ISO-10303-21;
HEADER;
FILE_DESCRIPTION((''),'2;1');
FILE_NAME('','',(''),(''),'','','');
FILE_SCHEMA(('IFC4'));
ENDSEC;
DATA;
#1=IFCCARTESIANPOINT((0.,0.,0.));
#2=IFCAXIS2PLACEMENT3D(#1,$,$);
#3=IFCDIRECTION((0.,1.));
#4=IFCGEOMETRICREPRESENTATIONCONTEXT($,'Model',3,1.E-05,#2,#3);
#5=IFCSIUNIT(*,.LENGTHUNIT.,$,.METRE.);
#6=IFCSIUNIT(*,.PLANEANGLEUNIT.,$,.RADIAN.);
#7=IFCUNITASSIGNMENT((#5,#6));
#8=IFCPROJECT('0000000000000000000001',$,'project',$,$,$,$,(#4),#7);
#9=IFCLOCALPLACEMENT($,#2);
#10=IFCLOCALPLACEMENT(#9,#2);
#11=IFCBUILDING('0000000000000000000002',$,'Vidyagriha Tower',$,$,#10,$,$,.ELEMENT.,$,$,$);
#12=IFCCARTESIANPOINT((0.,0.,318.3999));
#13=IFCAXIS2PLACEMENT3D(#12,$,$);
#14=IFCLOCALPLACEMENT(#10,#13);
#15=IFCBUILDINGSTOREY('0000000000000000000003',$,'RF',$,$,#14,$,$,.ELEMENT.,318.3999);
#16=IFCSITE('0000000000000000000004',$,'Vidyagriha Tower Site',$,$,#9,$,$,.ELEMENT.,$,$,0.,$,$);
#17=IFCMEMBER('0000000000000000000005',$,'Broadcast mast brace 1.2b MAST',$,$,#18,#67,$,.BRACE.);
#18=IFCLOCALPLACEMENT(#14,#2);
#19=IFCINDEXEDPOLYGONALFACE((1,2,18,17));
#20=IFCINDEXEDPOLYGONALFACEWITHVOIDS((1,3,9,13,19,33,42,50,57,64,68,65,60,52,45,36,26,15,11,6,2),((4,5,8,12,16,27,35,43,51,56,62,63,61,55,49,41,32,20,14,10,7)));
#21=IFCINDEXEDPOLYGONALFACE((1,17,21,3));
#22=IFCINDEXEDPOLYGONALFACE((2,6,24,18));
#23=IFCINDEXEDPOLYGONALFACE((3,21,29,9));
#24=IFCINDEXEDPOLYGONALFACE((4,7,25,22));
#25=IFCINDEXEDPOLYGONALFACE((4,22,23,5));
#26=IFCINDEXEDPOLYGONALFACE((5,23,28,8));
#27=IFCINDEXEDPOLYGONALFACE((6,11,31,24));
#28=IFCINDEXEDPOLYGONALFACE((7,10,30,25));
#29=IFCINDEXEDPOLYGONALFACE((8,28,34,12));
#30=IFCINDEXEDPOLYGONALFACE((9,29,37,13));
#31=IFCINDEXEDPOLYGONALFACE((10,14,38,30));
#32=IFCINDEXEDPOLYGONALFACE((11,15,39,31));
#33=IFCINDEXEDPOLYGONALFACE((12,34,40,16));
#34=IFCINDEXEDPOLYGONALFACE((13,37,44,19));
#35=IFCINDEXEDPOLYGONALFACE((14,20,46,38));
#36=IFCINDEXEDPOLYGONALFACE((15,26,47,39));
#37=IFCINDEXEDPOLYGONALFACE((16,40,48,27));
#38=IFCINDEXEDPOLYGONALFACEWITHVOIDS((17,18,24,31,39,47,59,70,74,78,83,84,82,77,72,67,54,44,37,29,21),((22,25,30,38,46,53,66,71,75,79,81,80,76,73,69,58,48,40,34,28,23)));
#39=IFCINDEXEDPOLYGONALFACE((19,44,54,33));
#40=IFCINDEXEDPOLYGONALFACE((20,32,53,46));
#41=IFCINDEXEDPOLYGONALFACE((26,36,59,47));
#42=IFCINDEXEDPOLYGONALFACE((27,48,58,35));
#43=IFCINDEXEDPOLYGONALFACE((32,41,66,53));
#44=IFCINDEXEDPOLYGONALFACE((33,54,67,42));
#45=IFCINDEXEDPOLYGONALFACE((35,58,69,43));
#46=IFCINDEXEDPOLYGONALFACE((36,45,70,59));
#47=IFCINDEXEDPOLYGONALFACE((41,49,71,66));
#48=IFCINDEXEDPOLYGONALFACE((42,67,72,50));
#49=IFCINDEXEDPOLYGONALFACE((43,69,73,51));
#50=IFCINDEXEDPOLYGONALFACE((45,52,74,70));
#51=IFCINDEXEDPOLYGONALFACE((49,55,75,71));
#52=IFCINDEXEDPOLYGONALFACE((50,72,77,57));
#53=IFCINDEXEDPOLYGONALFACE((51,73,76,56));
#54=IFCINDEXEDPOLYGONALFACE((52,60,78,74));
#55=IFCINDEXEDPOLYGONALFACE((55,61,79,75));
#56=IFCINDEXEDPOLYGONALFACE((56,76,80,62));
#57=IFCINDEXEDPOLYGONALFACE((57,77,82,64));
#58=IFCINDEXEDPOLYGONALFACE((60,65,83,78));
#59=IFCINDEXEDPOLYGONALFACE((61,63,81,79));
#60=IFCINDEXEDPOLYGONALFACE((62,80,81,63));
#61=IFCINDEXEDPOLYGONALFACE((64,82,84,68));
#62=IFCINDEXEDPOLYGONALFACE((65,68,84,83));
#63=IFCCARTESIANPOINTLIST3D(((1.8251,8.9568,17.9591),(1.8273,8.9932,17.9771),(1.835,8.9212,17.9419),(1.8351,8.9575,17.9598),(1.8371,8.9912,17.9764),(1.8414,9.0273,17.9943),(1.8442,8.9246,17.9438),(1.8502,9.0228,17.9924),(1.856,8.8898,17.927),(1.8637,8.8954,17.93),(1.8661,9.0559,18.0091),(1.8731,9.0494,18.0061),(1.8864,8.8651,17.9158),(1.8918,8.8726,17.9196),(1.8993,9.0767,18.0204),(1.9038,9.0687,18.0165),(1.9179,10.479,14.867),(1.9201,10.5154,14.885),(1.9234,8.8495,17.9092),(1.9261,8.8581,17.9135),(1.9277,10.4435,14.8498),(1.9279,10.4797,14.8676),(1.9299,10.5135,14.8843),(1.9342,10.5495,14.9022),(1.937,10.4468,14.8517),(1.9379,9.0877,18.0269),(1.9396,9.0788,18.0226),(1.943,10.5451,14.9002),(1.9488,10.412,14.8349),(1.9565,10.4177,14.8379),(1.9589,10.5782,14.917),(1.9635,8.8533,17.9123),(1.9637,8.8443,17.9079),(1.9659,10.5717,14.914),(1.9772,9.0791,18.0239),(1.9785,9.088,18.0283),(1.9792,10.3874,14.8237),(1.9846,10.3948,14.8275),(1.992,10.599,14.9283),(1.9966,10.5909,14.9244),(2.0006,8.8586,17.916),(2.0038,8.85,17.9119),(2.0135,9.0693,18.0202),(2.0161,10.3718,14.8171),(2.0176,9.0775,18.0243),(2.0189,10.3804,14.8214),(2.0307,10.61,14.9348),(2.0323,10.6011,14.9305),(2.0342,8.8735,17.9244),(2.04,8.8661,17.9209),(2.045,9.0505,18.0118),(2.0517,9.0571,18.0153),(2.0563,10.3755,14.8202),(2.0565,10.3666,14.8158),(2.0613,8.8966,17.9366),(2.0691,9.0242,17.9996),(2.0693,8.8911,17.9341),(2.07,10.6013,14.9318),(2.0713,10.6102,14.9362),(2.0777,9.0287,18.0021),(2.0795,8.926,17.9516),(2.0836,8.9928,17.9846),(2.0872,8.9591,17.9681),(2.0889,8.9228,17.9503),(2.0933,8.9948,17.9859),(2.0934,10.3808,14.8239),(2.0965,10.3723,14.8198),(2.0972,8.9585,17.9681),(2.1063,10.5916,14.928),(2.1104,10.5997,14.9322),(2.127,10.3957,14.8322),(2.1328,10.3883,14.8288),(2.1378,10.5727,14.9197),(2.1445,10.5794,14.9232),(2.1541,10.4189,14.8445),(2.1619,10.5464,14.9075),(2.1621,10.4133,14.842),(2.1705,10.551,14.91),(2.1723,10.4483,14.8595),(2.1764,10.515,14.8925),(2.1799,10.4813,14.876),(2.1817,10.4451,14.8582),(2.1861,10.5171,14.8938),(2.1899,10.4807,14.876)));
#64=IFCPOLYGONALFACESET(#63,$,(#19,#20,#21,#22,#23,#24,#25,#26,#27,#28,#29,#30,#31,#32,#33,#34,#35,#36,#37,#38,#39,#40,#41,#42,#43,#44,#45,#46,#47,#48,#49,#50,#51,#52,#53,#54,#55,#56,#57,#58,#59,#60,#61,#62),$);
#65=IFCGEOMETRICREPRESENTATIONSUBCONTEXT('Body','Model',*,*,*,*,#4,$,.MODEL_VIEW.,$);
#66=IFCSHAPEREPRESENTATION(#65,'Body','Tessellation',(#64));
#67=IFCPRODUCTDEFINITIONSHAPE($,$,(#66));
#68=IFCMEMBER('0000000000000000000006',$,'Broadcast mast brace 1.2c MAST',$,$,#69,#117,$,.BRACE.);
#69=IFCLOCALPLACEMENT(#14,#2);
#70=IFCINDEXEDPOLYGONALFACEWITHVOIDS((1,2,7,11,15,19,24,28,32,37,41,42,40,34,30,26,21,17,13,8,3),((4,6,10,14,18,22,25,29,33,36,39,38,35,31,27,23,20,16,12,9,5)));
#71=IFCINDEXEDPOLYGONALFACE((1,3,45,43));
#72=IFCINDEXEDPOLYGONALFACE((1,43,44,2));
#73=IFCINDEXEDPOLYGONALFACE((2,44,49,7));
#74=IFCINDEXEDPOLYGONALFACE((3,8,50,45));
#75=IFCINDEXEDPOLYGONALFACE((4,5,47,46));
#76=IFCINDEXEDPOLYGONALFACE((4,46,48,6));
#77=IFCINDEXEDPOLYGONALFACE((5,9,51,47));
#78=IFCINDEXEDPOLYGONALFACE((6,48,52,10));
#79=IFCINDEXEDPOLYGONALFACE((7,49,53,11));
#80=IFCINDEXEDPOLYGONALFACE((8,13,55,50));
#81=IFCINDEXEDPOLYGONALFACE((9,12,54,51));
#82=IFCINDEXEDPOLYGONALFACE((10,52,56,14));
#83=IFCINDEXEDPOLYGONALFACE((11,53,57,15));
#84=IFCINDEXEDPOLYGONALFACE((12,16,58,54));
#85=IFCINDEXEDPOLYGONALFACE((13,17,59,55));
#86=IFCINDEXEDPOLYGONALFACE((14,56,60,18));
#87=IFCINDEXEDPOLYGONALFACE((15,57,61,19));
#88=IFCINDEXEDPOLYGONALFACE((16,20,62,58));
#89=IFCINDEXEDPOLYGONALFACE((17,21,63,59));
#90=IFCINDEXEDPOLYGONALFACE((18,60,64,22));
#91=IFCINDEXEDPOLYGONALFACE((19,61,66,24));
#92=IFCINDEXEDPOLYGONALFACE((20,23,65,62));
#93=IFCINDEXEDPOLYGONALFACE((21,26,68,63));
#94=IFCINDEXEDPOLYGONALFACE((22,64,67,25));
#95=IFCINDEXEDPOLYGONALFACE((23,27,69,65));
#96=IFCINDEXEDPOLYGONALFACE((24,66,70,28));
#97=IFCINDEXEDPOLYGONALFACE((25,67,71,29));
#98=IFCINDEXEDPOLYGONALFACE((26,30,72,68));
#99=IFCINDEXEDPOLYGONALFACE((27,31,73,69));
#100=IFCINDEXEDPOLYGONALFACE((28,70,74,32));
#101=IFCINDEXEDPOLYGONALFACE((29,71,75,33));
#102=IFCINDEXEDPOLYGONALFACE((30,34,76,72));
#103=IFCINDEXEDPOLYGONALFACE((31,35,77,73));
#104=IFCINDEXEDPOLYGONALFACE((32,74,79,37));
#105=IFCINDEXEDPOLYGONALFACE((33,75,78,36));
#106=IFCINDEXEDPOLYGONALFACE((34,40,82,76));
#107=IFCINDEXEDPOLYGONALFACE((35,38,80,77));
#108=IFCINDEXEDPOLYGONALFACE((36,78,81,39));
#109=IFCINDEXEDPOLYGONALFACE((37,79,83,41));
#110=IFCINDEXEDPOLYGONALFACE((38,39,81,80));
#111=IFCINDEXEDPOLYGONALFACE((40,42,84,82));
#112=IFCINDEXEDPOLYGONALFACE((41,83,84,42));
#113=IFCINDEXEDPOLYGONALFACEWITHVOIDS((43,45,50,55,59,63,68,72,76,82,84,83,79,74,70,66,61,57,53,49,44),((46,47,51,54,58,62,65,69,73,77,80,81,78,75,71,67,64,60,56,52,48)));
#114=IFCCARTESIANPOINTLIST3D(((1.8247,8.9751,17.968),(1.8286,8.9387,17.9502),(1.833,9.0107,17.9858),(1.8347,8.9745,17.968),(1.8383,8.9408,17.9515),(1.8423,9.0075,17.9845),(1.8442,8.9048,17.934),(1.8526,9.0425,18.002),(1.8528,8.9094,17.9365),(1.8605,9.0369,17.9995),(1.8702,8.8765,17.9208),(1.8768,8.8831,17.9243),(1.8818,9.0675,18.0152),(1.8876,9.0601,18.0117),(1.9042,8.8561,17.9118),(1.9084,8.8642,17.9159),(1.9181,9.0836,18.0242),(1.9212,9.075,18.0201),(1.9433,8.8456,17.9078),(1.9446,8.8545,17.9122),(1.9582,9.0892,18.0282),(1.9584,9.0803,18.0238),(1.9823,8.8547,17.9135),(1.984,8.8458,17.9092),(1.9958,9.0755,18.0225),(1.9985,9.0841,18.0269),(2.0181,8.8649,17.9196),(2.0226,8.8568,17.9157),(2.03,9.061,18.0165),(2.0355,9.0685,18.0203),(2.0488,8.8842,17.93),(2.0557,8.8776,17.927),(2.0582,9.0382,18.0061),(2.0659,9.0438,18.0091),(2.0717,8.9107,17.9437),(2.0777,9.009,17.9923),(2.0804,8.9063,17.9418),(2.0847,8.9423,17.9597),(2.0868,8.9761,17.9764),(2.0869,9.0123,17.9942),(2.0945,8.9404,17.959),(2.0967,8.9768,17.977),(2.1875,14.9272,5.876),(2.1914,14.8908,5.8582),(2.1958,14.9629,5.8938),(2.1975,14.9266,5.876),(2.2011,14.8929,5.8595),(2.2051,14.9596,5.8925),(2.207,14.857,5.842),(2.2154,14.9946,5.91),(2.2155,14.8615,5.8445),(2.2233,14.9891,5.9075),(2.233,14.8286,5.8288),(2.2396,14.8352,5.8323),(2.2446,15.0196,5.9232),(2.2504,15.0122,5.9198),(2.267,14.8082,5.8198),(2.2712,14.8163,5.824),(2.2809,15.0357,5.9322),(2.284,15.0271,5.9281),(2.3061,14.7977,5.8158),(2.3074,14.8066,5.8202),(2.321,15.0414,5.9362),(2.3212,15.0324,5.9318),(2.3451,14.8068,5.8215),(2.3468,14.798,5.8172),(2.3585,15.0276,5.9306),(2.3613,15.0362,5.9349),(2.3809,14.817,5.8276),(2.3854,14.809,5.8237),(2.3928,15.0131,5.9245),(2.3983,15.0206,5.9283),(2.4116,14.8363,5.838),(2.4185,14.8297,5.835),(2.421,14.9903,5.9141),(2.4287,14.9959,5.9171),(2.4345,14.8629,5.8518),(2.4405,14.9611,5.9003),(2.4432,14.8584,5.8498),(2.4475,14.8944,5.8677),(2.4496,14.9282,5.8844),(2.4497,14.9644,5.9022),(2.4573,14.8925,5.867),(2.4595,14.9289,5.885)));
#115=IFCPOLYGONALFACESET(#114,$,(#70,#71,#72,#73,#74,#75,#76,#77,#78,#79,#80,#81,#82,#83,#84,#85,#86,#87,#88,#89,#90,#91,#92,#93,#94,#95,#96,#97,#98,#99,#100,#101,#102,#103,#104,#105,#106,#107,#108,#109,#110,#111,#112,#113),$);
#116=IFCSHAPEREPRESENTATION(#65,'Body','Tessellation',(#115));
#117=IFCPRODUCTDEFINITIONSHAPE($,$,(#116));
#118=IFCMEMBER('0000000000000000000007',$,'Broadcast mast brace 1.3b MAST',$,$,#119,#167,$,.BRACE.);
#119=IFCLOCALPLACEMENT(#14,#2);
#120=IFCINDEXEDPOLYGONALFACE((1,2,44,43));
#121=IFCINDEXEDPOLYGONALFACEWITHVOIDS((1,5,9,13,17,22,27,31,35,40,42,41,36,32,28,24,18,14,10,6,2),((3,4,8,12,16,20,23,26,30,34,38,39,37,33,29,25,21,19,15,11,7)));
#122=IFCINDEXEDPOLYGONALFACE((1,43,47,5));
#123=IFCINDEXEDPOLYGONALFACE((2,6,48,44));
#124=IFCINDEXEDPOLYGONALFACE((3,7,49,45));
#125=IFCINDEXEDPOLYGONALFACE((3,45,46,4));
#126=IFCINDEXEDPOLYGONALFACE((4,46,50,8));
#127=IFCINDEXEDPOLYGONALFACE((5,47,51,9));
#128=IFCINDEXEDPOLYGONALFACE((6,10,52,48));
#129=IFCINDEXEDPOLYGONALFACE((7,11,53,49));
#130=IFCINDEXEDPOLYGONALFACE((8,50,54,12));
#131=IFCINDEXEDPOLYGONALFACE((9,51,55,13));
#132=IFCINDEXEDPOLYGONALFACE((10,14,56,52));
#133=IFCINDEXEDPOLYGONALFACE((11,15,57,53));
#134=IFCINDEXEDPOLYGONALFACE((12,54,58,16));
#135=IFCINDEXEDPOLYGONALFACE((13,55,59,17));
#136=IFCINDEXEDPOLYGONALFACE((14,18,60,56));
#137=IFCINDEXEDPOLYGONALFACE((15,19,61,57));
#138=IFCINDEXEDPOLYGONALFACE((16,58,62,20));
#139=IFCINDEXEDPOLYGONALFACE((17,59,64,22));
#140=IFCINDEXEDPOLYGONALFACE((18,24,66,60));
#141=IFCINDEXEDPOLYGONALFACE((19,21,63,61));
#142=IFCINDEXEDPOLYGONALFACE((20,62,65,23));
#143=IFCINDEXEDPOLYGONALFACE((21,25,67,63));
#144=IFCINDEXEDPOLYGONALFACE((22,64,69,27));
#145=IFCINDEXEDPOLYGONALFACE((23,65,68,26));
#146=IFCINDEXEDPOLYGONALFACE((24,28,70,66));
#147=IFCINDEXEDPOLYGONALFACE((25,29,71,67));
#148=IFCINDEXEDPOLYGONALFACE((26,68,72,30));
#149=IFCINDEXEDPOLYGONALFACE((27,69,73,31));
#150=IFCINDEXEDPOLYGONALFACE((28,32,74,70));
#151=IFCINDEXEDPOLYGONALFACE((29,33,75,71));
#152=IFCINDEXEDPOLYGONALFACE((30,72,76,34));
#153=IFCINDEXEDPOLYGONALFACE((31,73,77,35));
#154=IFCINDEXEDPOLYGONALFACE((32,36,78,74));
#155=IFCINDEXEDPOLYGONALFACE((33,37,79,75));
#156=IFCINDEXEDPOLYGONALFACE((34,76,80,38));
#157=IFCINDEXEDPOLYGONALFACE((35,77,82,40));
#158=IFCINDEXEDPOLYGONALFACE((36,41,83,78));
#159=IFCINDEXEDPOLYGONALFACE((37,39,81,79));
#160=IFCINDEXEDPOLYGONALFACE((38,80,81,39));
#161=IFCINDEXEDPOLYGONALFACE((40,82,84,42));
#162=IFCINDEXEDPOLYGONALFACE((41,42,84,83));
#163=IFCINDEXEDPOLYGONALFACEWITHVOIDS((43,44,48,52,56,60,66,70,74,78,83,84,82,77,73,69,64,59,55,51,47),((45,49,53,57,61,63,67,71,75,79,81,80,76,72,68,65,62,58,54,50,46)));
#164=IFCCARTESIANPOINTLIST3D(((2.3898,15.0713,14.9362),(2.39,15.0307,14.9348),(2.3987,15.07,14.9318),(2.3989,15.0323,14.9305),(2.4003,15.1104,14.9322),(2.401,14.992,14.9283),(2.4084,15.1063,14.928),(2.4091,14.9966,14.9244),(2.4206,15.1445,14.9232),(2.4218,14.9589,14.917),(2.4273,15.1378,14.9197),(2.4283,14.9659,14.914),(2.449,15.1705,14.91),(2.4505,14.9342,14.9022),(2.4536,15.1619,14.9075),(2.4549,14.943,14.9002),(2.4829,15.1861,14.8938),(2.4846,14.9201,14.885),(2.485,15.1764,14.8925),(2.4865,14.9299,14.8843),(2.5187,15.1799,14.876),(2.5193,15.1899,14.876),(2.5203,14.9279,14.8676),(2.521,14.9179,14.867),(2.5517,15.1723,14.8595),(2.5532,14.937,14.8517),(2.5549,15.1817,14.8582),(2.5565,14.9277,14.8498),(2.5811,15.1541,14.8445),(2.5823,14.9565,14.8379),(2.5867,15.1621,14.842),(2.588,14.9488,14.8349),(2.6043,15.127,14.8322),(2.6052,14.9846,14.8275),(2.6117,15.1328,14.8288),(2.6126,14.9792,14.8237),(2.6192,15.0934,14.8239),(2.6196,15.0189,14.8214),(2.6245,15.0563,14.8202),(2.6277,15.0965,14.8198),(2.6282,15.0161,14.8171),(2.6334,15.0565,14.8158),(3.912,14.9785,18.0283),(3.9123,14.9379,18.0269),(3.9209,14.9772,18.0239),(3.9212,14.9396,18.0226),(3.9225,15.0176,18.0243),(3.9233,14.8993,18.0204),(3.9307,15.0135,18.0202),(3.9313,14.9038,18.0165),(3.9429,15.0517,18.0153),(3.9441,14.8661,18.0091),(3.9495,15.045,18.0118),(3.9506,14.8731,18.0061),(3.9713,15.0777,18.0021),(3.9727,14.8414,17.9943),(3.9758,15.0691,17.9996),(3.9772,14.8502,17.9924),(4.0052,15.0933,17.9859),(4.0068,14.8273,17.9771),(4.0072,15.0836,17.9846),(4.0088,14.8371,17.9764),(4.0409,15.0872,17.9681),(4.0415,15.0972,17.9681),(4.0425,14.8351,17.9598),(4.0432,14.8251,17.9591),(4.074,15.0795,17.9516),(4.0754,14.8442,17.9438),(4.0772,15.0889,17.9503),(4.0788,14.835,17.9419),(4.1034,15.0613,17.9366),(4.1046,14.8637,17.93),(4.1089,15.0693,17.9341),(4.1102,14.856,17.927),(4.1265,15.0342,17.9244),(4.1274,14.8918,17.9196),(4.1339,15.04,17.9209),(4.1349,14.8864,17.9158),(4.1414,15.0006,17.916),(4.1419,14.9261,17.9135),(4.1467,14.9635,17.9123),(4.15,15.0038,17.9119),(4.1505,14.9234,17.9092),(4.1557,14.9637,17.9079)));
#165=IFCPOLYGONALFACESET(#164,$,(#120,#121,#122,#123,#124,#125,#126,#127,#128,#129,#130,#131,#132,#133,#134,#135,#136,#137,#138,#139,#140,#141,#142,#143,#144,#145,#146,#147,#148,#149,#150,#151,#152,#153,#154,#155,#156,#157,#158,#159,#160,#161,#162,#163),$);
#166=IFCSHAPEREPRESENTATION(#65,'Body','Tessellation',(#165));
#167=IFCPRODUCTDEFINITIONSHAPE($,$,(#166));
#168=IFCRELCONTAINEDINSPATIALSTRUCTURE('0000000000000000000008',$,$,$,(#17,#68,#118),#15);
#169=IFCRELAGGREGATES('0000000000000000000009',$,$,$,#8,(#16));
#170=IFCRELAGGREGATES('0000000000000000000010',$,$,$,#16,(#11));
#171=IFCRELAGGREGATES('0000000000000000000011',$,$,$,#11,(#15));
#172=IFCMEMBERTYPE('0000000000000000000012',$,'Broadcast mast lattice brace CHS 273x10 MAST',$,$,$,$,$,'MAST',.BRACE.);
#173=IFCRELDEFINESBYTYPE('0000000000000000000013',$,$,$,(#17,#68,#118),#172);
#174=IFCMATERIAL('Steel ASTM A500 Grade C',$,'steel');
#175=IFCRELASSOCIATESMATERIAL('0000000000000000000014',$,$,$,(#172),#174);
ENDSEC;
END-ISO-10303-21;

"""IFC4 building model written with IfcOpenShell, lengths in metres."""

from ifc_helpers import new_model, si_unit, direction, frame, origin, origin_2d, place, context, subcontext, project, spatial, hollow_circle, extrude, material, material_profile, profile_set, type_object, element, save


model = new_model("IFC4")

# Units and contexts
model_context = context("Model", 3, precision=1e-05, world=origin(), true_north=direction((0.0, 1.0)))
body_context = subcontext(model_context, "Body", "Model", "MODEL_VIEW")
ifc_project = project(units=[si_unit("LENGTHUNIT", "METRE"), si_unit("PLANEANGLEUNIT", "RADIAN")], contexts=[model_context])

# Site, building, storey
site_placement = place(None, origin())
site = spatial("IfcSite", under=ifc_project, at=site_placement, Name="Vidyagriha Tower Site", CompositionType="ELEMENT", RefElevation=0.0)
building_placement = place(site_placement, origin())
building = spatial("IfcBuilding", under=site, at=building_placement, Name="Vidyagriha Tower", CompositionType="ELEMENT")
storey_placement = place(building_placement, frame((0.0, 0.0, 318.3999)))
storey = spatial("IfcBuildingStorey", under=building, at=storey_placement, Name="RF", CompositionType="ELEMENT", Elevation=318.3999)

# Members
ifc_material_1 = material(Name="Steel ASTM A500 Grade C", Category="steel")
ifc_material_profile_1 = material_profile(ifc_material_1, hollow_circle(Radius=0.1365, WallThickness=0.01, at=origin_2d()), Name="Broadcast mast lattice brace CHS 273x10 MAST")
ifc_profile_set_1 = profile_set([ifc_material_profile_1], Name="Steel ASTM A500 Grade C")
member_type_1 = type_object("IfcMemberType", Name="Broadcast mast lattice brace CHS 273x10 MAST", ElementType="MAST", PredefinedType="BRACE", material=ifc_profile_set_1)
member_1_placement = place(storey_placement, frame((2.0537, 10.489, 14.876), z_axis=(-0.026909, -0.44152, 0.896848), x_axis=(0.998148, -0.060833, 0.0)))
element("IfcMember", 1, at=member_1_placement, inside=storey, type_object=member_type_1, Name="Broadcast mast brace 1.2b MAST", PredefinedType="BRACE", context=body_context, shape_type="SweptSolid", body=[
    extrude(hollow_circle(Radius=0.1365, WallThickness=0.01, at=origin_2d()), origin(), (0.0, 0.0, 1.0), 3.4478),
])
member_2_placement = place(storey_placement, frame((1.9609, 8.9668, 17.968), z_axis=(0.026908, 0.441473, -0.896871), x_axis=(-0.998148, 0.060839, 0.0)))
element("IfcMember", 2, at=member_2_placement, inside=storey, type_object=member_type_1, Name="Broadcast mast brace 1.2c MAST", PredefinedType="BRACE", context=body_context, shape_type="SweptSolid", body=[
    extrude(hollow_circle(Radius=0.1365, WallThickness=0.01, at=origin_2d()), origin(), (0.0, 0.0, 1.0), 13.4824),
])
member_3_placement = place(storey_placement, frame((2.511, 15.0537, 14.876), z_axis=(0.44152, -0.026909, 0.896848), x_axis=(0.060833, 0.998148, 0.0)))
element("IfcMember", 3, at=member_3_placement, inside=storey, type_object=member_type_1, Name="Broadcast mast brace 1.3b MAST", PredefinedType="BRACE", context=body_context, shape_type="SweptSolid", body=[
    extrude(hollow_circle(Radius=0.1365, WallThickness=0.01, at=origin_2d()), origin(), (0.0, 0.0, 1.0), 3.4478),
])

save(model, "model.ifc")
